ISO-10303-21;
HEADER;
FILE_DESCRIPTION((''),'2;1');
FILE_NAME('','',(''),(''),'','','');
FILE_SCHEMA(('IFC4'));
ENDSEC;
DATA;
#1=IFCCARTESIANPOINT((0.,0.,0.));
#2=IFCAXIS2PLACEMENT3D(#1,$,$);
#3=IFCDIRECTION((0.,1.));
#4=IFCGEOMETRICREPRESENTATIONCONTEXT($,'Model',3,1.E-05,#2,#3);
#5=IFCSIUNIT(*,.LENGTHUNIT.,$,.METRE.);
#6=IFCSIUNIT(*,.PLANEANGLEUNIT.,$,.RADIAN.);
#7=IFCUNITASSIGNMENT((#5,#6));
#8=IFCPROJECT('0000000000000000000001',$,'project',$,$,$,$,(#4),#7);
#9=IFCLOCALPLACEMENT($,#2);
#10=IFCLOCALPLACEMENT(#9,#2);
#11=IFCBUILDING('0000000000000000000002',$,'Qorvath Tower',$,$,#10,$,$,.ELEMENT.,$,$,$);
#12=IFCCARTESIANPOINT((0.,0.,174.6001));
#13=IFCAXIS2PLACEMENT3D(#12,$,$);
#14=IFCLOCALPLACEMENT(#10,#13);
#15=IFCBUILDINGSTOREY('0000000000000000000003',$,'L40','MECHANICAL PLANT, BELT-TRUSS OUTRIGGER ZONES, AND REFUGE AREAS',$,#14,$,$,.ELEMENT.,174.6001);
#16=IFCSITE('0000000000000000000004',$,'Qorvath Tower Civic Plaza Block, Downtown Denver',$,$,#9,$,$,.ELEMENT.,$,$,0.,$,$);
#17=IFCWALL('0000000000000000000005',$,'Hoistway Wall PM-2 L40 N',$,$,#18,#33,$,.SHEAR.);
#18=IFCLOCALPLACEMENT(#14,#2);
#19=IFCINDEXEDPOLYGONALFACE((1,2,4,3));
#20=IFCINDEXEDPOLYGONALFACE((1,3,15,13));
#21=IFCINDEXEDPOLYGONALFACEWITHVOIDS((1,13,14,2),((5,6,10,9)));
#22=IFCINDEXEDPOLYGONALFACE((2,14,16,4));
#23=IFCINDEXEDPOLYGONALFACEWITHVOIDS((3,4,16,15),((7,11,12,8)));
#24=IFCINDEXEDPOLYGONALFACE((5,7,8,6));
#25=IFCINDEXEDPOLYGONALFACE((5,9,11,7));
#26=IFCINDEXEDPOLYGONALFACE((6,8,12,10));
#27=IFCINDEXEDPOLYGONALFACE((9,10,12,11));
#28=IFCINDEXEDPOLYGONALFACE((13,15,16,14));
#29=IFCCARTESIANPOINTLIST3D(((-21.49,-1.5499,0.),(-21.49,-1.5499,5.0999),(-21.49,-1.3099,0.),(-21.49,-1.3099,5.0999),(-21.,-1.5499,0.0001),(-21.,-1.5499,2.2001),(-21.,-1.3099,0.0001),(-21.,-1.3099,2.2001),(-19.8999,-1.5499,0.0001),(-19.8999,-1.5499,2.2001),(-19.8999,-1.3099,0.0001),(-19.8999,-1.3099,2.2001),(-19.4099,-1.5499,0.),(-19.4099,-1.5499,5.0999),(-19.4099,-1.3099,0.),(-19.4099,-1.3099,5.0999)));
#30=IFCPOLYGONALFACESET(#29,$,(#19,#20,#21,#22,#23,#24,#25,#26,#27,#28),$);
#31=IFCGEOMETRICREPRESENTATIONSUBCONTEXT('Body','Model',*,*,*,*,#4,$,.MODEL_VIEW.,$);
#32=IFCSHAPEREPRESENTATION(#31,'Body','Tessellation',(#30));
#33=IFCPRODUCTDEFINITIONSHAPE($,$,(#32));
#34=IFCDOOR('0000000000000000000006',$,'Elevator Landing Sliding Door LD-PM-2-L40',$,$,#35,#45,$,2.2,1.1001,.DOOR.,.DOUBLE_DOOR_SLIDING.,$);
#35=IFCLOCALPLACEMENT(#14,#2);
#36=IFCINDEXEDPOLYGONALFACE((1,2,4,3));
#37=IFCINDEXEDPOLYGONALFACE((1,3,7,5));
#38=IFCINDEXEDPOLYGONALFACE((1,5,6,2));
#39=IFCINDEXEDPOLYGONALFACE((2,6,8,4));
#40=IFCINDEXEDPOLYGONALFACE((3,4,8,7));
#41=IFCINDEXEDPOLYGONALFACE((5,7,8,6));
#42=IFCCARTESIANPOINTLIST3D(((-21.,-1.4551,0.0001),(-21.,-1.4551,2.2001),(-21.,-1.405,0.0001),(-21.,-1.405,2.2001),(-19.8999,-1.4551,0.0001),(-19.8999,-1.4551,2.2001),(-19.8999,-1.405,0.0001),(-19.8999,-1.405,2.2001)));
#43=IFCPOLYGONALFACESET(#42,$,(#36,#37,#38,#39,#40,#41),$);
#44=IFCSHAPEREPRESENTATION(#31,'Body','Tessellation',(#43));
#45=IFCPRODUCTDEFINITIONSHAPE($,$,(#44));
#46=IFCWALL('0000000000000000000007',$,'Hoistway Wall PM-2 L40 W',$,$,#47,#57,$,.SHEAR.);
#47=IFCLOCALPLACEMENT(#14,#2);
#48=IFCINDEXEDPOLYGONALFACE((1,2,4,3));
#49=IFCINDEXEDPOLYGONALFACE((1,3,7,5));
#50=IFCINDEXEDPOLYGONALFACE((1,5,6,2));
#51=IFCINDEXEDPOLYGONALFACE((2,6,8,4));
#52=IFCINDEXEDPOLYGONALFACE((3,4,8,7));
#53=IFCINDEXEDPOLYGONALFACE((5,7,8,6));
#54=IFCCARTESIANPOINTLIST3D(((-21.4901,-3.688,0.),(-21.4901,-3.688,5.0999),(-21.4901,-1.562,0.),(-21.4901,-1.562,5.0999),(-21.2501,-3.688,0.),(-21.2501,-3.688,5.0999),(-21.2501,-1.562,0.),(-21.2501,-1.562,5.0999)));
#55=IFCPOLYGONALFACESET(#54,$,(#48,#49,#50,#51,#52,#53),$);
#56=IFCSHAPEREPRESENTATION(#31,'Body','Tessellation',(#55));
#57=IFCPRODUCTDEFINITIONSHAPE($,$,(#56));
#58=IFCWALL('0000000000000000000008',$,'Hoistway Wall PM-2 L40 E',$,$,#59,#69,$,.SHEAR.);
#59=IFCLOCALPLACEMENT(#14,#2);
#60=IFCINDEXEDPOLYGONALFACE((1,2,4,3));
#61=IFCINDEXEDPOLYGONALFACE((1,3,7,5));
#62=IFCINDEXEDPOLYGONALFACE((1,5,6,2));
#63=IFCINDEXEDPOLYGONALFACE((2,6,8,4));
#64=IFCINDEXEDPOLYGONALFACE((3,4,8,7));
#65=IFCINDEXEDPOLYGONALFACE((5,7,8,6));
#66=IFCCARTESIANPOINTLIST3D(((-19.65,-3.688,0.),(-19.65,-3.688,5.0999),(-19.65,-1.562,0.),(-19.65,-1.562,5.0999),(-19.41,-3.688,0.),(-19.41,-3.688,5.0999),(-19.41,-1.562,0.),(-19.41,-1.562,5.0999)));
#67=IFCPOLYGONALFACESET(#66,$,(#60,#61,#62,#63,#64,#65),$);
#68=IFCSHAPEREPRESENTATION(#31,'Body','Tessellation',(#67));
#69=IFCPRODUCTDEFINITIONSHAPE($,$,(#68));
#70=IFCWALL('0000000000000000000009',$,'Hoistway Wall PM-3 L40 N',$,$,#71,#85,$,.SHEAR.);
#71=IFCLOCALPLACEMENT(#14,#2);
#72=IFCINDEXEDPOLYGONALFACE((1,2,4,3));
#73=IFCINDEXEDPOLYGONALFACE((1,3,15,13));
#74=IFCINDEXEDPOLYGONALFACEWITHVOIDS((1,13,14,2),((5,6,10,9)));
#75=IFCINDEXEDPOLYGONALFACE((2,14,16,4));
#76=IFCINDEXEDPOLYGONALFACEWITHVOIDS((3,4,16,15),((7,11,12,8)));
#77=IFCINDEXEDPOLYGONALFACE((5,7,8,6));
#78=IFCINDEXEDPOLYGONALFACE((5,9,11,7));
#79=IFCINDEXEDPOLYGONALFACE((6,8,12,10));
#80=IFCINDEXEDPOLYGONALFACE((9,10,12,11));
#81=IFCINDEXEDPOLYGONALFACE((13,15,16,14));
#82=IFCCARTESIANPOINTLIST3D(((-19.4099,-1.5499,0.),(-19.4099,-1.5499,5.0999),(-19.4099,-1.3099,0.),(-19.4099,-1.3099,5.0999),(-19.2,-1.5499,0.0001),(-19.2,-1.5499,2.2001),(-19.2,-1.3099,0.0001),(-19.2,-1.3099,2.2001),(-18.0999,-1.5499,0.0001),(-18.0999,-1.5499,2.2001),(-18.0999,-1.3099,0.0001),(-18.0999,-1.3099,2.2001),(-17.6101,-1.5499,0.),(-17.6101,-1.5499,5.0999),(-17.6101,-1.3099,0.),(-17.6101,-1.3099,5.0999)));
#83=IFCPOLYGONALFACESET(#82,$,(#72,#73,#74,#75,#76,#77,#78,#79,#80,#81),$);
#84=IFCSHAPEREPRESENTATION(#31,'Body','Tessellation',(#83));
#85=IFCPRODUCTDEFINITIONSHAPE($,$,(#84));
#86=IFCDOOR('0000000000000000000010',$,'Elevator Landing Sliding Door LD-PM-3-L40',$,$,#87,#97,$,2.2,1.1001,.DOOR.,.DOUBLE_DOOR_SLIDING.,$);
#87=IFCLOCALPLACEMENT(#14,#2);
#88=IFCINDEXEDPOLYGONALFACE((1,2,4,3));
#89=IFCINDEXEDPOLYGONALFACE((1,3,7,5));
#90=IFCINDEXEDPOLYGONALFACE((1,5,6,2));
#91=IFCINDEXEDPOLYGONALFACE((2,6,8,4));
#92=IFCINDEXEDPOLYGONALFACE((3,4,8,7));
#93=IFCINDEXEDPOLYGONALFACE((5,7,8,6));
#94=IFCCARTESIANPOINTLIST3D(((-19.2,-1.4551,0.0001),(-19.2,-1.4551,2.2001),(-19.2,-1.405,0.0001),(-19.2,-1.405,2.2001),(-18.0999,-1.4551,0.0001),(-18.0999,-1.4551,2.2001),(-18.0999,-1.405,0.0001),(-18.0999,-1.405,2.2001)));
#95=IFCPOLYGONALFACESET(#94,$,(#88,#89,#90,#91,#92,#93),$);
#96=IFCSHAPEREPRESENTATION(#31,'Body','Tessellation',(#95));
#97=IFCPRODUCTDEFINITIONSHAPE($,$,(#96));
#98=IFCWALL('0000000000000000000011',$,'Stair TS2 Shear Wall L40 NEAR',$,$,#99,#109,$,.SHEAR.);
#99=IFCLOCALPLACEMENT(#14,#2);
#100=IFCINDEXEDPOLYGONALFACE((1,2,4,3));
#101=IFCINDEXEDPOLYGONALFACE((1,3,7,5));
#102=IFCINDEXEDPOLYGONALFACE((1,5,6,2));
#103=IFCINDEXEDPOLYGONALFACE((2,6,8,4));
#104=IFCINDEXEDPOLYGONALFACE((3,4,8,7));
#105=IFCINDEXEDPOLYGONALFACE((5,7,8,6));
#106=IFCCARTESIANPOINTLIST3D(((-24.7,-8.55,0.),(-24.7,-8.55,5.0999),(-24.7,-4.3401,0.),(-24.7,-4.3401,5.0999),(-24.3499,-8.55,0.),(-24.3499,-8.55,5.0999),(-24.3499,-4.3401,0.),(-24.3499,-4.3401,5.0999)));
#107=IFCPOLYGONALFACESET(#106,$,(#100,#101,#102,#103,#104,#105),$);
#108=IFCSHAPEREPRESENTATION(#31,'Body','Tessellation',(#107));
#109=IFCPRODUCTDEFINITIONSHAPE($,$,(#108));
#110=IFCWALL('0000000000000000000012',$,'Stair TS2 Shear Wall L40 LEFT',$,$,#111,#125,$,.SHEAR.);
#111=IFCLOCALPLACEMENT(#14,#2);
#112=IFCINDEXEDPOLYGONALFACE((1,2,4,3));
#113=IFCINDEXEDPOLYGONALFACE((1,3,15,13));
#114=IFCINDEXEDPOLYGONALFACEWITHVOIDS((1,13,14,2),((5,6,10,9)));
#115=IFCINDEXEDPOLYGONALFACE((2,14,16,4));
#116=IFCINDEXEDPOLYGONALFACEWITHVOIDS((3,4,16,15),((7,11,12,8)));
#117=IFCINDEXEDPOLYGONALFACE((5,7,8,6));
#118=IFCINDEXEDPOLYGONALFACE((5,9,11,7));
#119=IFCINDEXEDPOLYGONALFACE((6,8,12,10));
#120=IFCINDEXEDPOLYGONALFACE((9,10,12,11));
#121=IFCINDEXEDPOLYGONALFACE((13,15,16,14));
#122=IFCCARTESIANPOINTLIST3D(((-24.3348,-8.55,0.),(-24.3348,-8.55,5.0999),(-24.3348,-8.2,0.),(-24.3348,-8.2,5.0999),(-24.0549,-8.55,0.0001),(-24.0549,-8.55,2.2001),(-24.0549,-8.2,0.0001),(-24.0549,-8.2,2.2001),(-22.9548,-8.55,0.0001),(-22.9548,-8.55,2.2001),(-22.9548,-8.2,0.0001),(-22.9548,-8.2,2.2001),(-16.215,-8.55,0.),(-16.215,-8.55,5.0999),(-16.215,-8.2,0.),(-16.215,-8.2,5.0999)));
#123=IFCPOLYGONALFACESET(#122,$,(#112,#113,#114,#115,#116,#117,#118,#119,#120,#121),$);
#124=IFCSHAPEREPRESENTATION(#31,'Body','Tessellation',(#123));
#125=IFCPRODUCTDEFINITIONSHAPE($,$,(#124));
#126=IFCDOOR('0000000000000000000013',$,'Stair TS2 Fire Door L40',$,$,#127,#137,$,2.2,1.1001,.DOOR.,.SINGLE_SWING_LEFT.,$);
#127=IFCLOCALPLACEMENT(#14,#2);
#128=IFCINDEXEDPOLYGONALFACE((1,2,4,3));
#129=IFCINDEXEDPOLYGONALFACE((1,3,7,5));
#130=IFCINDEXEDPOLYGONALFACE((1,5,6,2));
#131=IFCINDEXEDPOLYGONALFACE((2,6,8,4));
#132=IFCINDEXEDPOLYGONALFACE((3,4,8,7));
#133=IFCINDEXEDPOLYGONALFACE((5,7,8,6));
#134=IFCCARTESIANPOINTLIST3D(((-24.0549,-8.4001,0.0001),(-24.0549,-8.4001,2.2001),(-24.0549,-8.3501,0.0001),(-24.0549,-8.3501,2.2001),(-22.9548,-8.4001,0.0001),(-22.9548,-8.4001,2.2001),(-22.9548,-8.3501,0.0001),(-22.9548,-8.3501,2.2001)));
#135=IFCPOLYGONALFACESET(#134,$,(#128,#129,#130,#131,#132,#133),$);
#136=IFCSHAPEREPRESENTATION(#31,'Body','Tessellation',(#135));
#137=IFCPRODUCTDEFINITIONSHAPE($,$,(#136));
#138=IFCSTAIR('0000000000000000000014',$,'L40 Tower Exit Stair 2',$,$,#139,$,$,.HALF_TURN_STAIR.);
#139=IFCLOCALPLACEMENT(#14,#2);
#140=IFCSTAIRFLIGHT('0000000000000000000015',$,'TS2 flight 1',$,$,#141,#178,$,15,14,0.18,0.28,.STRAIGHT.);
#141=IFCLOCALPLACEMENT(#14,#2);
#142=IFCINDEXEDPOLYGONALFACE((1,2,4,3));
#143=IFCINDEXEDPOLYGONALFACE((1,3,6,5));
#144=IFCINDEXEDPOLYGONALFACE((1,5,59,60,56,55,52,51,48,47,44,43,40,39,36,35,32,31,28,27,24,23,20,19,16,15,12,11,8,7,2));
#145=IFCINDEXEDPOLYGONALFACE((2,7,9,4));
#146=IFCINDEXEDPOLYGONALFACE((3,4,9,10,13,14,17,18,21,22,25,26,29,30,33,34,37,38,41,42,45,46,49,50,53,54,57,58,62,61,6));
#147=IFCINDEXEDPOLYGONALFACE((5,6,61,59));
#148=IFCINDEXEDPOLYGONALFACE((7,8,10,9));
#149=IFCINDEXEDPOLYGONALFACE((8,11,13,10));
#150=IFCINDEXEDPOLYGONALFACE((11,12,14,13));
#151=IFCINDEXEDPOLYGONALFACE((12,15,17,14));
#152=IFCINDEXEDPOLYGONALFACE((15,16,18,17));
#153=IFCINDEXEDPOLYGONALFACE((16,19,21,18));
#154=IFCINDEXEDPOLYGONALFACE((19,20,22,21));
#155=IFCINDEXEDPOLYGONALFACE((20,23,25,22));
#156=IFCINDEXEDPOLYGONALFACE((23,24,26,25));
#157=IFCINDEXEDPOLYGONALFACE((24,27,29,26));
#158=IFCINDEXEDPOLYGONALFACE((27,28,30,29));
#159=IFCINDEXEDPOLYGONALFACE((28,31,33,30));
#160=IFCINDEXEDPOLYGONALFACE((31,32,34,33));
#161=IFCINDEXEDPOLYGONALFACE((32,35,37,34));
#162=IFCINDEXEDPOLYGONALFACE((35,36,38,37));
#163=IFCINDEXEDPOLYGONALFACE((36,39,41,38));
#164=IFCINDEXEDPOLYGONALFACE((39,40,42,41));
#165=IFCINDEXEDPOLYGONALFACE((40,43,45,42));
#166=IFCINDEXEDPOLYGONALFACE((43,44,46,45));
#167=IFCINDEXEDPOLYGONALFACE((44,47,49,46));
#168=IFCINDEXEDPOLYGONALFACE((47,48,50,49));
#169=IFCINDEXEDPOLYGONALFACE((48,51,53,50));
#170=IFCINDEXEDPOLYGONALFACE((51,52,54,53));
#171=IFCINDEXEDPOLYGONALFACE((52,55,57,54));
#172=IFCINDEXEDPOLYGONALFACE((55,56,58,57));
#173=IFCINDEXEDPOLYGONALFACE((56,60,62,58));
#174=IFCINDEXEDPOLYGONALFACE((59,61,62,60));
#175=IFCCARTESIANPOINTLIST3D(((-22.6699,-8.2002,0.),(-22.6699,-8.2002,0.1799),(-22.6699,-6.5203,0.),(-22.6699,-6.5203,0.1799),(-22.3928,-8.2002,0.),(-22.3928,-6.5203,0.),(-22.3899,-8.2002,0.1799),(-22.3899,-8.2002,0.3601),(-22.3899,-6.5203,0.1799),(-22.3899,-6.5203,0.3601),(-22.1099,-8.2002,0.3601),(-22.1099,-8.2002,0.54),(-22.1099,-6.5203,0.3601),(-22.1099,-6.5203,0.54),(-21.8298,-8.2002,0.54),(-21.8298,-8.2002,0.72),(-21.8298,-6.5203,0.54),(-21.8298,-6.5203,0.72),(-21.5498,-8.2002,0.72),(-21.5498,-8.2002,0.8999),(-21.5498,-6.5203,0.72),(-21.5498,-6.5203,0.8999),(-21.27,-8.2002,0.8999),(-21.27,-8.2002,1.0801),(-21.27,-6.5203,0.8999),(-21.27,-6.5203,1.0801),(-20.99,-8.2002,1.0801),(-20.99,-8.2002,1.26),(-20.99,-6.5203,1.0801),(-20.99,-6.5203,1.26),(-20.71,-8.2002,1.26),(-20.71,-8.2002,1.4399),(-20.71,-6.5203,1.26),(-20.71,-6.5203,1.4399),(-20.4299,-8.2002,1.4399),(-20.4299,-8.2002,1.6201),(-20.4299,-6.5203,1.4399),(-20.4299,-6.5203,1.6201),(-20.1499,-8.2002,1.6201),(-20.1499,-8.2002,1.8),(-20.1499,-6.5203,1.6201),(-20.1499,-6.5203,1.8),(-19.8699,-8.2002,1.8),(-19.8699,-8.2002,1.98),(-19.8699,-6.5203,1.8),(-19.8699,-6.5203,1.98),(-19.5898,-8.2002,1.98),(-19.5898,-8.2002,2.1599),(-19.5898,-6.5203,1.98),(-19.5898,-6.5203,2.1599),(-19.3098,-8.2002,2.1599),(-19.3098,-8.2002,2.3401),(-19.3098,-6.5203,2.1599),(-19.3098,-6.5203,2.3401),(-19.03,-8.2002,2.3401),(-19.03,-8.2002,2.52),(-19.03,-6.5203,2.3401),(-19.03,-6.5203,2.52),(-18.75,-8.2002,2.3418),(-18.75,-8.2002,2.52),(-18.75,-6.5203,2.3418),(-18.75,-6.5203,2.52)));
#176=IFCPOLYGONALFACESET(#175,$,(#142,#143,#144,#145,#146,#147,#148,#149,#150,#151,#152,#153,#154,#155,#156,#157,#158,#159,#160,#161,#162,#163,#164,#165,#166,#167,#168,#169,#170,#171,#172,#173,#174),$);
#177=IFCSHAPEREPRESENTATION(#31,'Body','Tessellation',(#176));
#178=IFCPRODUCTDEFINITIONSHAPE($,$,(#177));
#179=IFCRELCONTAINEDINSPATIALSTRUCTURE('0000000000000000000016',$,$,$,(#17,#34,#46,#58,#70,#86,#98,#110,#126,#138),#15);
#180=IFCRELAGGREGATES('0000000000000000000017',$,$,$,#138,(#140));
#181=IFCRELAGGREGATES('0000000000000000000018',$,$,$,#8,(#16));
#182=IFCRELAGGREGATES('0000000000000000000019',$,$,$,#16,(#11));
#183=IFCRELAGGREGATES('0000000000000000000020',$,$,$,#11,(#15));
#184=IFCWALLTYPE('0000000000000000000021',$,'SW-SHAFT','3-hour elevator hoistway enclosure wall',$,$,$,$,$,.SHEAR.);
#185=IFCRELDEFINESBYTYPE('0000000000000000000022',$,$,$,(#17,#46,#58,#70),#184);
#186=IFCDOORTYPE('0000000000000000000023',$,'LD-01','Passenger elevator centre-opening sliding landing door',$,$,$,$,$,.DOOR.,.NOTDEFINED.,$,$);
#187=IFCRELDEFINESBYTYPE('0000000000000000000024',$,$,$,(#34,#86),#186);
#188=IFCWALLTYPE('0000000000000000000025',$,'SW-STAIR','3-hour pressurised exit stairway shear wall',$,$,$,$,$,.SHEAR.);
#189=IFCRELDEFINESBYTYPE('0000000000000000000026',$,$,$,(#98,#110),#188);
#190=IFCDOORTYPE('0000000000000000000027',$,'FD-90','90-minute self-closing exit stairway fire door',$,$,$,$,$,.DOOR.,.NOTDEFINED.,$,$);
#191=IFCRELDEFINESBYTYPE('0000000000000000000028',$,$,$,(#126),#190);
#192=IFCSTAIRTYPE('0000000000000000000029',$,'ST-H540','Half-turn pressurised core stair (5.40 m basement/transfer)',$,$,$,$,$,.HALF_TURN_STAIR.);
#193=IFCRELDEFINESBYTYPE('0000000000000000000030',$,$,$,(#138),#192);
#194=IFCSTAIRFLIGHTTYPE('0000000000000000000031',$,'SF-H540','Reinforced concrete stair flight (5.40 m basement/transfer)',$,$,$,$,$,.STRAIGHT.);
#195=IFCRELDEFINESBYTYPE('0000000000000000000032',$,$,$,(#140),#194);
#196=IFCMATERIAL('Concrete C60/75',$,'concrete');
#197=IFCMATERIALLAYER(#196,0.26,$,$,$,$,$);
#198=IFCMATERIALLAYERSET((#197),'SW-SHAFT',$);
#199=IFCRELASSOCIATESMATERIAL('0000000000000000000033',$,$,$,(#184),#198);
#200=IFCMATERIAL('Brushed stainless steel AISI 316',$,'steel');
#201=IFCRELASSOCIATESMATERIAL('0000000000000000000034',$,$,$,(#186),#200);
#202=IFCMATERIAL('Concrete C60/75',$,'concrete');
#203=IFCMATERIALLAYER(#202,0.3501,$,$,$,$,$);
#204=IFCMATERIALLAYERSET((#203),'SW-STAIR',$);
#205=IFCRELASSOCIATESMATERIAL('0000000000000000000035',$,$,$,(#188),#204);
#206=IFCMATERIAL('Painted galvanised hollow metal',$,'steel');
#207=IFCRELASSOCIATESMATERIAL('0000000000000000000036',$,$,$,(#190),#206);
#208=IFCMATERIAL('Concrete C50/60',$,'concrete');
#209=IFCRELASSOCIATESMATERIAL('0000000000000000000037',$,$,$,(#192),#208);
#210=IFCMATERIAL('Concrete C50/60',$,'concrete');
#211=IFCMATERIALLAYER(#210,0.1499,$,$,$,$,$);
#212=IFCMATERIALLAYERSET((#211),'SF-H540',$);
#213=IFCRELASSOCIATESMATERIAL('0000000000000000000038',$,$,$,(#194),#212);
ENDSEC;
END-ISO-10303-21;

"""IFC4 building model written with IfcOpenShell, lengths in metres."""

from ifc_helpers import new_model, si_unit, direction, frame, frame_2d, origin, place, context, subcontext, project, spatial, polyline, rectangle, outline, extrude, material, layer, layer_set, type_object, element, fill, aggregate, save


model = new_model("IFC4")

# Units and contexts
model_context = context("Model", 3, precision=1e-05, world=origin(), true_north=direction((0.0, 1.0)))
body_context = subcontext(model_context, "Body", "Model", "MODEL_VIEW")
ifc_project = project(units=[si_unit("LENGTHUNIT", "METRE"), si_unit("PLANEANGLEUNIT", "RADIAN")], contexts=[model_context])

# Site, building, storey
site_placement = place(None, origin())
site = spatial("IfcSite", under=ifc_project, at=site_placement, Name="Qorvath Tower Civic Plaza Block, Downtown Denver", CompositionType="ELEMENT", RefElevation=0.0)
building_placement = place(site_placement, origin())
building = spatial("IfcBuilding", under=site, at=building_placement, Name="Qorvath Tower", CompositionType="ELEMENT")
storey_placement = place(building_placement, frame((0.0, 0.0, 174.6001)))
storey = spatial("IfcBuildingStorey", under=building, at=storey_placement, Name="L40", Description="MECHANICAL PLANT, BELT-TRUSS OUTRIGGER ZONES, AND REFUGE AREAS", CompositionType="ELEMENT", Elevation=174.6001)

# Shared definitions
ifc_material_1 = material(Name="Concrete C60/75", Category="concrete")
ifc_layer_1 = layer(ifc_material_1, 0.26)
ifc_layer_set_1 = layer_set([ifc_layer_1], Name="SW-SHAFT")
wall_type_1 = type_object("IfcWallType", Name="SW-SHAFT", Description="3-hour elevator hoistway enclosure wall", PredefinedType="SHEAR", material=ifc_layer_set_1)

# Wall, opening, door
wall_1_placement = place(storey_placement, frame((-21.49, -1.4299, 0.0), z_axis=(0.0, 0.0, 1.0), x_axis=(1.0, 0.0, 0.0)))
wall_1 = element("IfcWall", 1, at=wall_1_placement, inside=storey, type_object=wall_type_1, Name="Hoistway Wall PM-2 L40 N", PredefinedType="SHEAR", context=body_context, shape_type="SweptSolid", body=[
    extrude(rectangle(XDim=2.0801, YDim=0.24, at=frame_2d((1.04, 0.0))), origin(), (0.0, 0.0, 1.0), 5.0999),
])
opening_1_placement = place(wall_1_placement, frame((0.49, 0.0, 0.0)))
opening_1 = element("IfcOpeningElement", 2, at=opening_1_placement, cuts=wall_1, PredefinedType="OPENING", context=body_context, shape_type="SweptSolid", body=[
    extrude(rectangle(XDim=1.1001, YDim=2.2, at=frame_2d((0.55, 1.1001))), frame((0.0, 0.1299, 0.0), z_axis=(0.0, -1.0, 0.0), x_axis=(1.0, 0.0, 0.0)), (0.0, 0.0, 1.0), 0.26),
])
ifc_material_2 = material(Name="Brushed stainless steel AISI 316", Category="steel")
door_type_1 = type_object("IfcDoorType", Name="LD-01", Description="Passenger elevator centre-opening sliding landing door", OperationType="NOTDEFINED", PredefinedType="DOOR", material=ifc_material_2)
door_1_placement = place(opening_1_placement, origin())
door_1 = element("IfcDoor", 3, at=door_1_placement, inside=storey, type_object=door_type_1, Name="Elevator Landing Sliding Door LD-PM-2-L40", OperationType="DOUBLE_DOOR_SLIDING", OverallHeight=2.2, OverallWidth=1.1001, PredefinedType="DOOR", context=body_context, shape_type="SweptSolid", body=[
    extrude(rectangle(XDim=1.1001, YDim=2.2, at=frame_2d((0.55, 1.1001))), frame((0.0, 0.0249, 0.0), z_axis=(0.0, -1.0, 0.0), x_axis=(1.0, 0.0, 0.0)), (0.0, 0.0, 1.0), 0.05),
])
fill(opening_1, door_1)

# Walls
for number, where, z_axis, x_axis, name in (
    (4, (-21.3701, -3.688, 0.0), (0.0, 0.0, 1.0), (0.0, 1.0, 0.0), "Hoistway Wall PM-2 L40 W"),
    (5, (-19.53, -1.562, 0.0), (0.0, 0.0, 1.0), (0.0, -1.0, 0.0), "Hoistway Wall PM-2 L40 E"),
):
    element("IfcWall", number, at=place(storey_placement, frame(where, z_axis=z_axis, x_axis=x_axis)), inside=storey, type_object=wall_type_1, Name=name, PredefinedType="SHEAR", context=body_context, shape_type="SweptSolid", body=[
        extrude(rectangle(XDim=2.126, YDim=0.24, at=frame_2d((1.063, 0.0))), origin(), (0.0, 0.0, 1.0), 5.0999),
    ])

# Wall, opening, door
wall_2_placement = place(storey_placement, frame((-19.4099, -1.4299, 0.0), z_axis=(0.0, 0.0, 1.0), x_axis=(1.0, 0.0, 0.0)))
wall_2 = element("IfcWall", 6, at=wall_2_placement, inside=storey, type_object=wall_type_1, Name="Hoistway Wall PM-3 L40 N", PredefinedType="SHEAR", context=body_context, shape_type="SweptSolid", body=[
    extrude(rectangle(XDim=1.7998, YDim=0.24, at=frame_2d((0.8999, 0.0))), origin(), (0.0, 0.0, 1.0), 5.0999),
])
opening_2_placement = place(wall_2_placement, frame((0.21, 0.0, 0.0)))
opening_2 = element("IfcOpeningElement", 7, at=opening_2_placement, cuts=wall_2, PredefinedType="OPENING", context=body_context, shape_type="SweptSolid", body=[
    extrude(rectangle(XDim=1.1001, YDim=2.2, at=frame_2d((0.55, 1.1001))), frame((0.0, 0.1299, 0.0), z_axis=(0.0, -1.0, 0.0), x_axis=(1.0, 0.0, 0.0)), (0.0, 0.0, 1.0), 0.26),
])
door_2_placement = place(opening_2_placement, origin())
door_2 = element("IfcDoor", 8, at=door_2_placement, inside=storey, type_object=door_type_1, Name="Elevator Landing Sliding Door LD-PM-3-L40", OperationType="DOUBLE_DOOR_SLIDING", OverallHeight=2.2, OverallWidth=1.1001, PredefinedType="DOOR", context=body_context, shape_type="SweptSolid", body=[
    extrude(rectangle(XDim=1.1001, YDim=2.2, at=frame_2d((0.55, 1.1001))), frame((0.0, 0.0249, 0.0), z_axis=(0.0, -1.0, 0.0), x_axis=(1.0, 0.0, 0.0)), (0.0, 0.0, 1.0), 0.05),
])
fill(opening_2, door_2)

# Wall
ifc_material_3 = material(Name="Concrete C60/75", Category="concrete")
ifc_layer_2 = layer(ifc_material_3, 0.3501)
ifc_layer_set_2 = layer_set([ifc_layer_2], Name="SW-STAIR")
wall_type_2 = type_object("IfcWallType", Name="SW-STAIR", Description="3-hour pressurised exit stairway shear wall", PredefinedType="SHEAR", material=ifc_layer_set_2)
wall_3_placement = place(storey_placement, frame((-24.5249, -4.3401, 0.0), z_axis=(0.0, 0.0, 1.0), x_axis=(0.0, -1.0, 0.0)))
element("IfcWall", 9, at=wall_3_placement, inside=storey, type_object=wall_type_2, Name="Stair TS2 Shear Wall L40 NEAR", PredefinedType="SHEAR", context=body_context, shape_type="SweptSolid", body=[
    extrude(rectangle(XDim=4.21, YDim=0.3501, at=frame_2d((2.105, 0.0))), origin(), (0.0, 0.0, 1.0), 5.0999),
])

# Wall, opening, door
wall_4_placement = place(storey_placement, frame((-24.335, -8.375, 0.0), z_axis=(0.0, 0.0, 1.0), x_axis=(1.0, 0.0, 0.0)))
wall_4 = element("IfcWall", 10, at=wall_4_placement, inside=storey, type_object=wall_type_2, Name="Stair TS2 Shear Wall L40 LEFT", PredefinedType="SHEAR", context=body_context, shape_type="SweptSolid", body=[
    extrude(rectangle(XDim=8.1199, YDim=0.3501, at=frame_2d((4.0601, 0.0))), origin(), (0.0, 0.0, 1.0), 5.0999),
])
opening_3_placement = place(wall_4_placement, frame((0.28, 0.0, 0.0)))
opening_3 = element("IfcOpeningElement", 11, at=opening_3_placement, cuts=wall_4, PredefinedType="OPENING", context=body_context, shape_type="SweptSolid", body=[
    extrude(rectangle(XDim=1.1001, YDim=2.2, at=frame_2d((0.55, 1.1001))), frame((0.0, 0.1851, 0.0), z_axis=(0.0, -1.0, 0.0), x_axis=(1.0, 0.0, 0.0)), (0.0, 0.0, 1.0), 0.3701),
])
ifc_material_4 = material(Name="Painted galvanised hollow metal", Category="steel")
door_type_2 = type_object("IfcDoorType", Name="FD-90", Description="90-minute self-closing exit stairway fire door", OperationType="NOTDEFINED", PredefinedType="DOOR", material=ifc_material_4)
door_3_placement = place(opening_3_placement, origin())
door_3 = element("IfcDoor", 12, at=door_3_placement, inside=storey, type_object=door_type_2, Name="Stair TS2 Fire Door L40", OperationType="SINGLE_SWING_LEFT", OverallHeight=2.2, OverallWidth=1.1001, PredefinedType="DOOR", context=body_context, shape_type="SweptSolid", body=[
    extrude(rectangle(XDim=1.1001, YDim=2.2, at=frame_2d((0.55, 1.1001))), frame((0.0, 0.0249, 0.0), z_axis=(0.0, -1.0, 0.0), x_axis=(1.0, 0.0, 0.0)), (0.0, 0.0, 1.0), 0.05),
])
fill(opening_3, door_3)

# Stair, stair flight
ifc_material_5 = material(Name="Concrete C50/60", Category="concrete")
stair_type = type_object("IfcStairType", Name="ST-H540", Description="Half-turn pressurised core stair (5.40 m basement/transfer)", PredefinedType="HALF_TURN_STAIR", material=ifc_material_5)
stair_placement = place(storey_placement, origin())
stair = element("IfcStair", 13, at=stair_placement, inside=storey, type_object=stair_type, Name="L40 Tower Exit Stair 2", PredefinedType="HALF_TURN_STAIR")
ifc_material_6 = material(Name="Concrete C50/60", Category="concrete")
ifc_layer_3 = layer(ifc_material_6, 0.1499)
ifc_layer_set_3 = layer_set([ifc_layer_3], Name="SF-H540")
stair_flight_type = type_object("IfcStairFlightType", Name="SF-H540", Description="Reinforced concrete stair flight (5.40 m basement/transfer)", PredefinedType="STRAIGHT", material=ifc_layer_set_3)
stair_flight_placement = place(storey_placement, frame((-22.6699, -7.3601, 0.0), z_axis=(0.0, 0.0, 1.0), x_axis=(1.0, 0.0, 0.0)))
stair_flight = element("IfcStairFlight", 14, at=stair_flight_placement, type_object=stair_flight_type, Name="TS2 flight 1", NumberOfRisers=15, NumberOfTreads=14, PredefinedType="STRAIGHT", RiserHeight=0.18, TreadLength=0.28, context=body_context, shape_type="SweptSolid", body=[
    extrude(outline(polyline([(0.0, 0.0), (0.0, 0.1799), (0.28, 0.1799), (0.28, 0.3601), (0.5601, 0.3601), (0.5601, 0.54), (0.8401, 0.54), (0.8401, 0.72), (1.1201, 0.72), (1.1201, 0.8999), (1.3999, 0.8999), (1.3999, 1.0801), (1.6799, 1.0801), (1.6799, 1.26), (1.96, 1.26), (1.96, 1.4399), (2.24, 1.4399), (2.24, 1.6201), (2.52, 1.6201), (2.52, 1.8), (2.8, 1.8), (2.8, 1.98), (3.0801, 1.98), (3.0801, 2.1599), (3.3601, 2.1599), (3.3601, 2.3401), (3.6399, 2.3401), (3.6399, 2.52), (3.9199, 2.52), (3.9199, 2.7), (3.9199, 2.3418), (0.2771, 0.0), (0.0, 0.0)])), frame((0.0, 0.8398, 0.0), z_axis=(0.0, -1.0, 0.0), x_axis=(1.0, 0.0, 0.0)), (0.0, 0.0, 1.0), 1.6799),
])
aggregate(stair, [stair_flight])

save(model, "model.ifc")
